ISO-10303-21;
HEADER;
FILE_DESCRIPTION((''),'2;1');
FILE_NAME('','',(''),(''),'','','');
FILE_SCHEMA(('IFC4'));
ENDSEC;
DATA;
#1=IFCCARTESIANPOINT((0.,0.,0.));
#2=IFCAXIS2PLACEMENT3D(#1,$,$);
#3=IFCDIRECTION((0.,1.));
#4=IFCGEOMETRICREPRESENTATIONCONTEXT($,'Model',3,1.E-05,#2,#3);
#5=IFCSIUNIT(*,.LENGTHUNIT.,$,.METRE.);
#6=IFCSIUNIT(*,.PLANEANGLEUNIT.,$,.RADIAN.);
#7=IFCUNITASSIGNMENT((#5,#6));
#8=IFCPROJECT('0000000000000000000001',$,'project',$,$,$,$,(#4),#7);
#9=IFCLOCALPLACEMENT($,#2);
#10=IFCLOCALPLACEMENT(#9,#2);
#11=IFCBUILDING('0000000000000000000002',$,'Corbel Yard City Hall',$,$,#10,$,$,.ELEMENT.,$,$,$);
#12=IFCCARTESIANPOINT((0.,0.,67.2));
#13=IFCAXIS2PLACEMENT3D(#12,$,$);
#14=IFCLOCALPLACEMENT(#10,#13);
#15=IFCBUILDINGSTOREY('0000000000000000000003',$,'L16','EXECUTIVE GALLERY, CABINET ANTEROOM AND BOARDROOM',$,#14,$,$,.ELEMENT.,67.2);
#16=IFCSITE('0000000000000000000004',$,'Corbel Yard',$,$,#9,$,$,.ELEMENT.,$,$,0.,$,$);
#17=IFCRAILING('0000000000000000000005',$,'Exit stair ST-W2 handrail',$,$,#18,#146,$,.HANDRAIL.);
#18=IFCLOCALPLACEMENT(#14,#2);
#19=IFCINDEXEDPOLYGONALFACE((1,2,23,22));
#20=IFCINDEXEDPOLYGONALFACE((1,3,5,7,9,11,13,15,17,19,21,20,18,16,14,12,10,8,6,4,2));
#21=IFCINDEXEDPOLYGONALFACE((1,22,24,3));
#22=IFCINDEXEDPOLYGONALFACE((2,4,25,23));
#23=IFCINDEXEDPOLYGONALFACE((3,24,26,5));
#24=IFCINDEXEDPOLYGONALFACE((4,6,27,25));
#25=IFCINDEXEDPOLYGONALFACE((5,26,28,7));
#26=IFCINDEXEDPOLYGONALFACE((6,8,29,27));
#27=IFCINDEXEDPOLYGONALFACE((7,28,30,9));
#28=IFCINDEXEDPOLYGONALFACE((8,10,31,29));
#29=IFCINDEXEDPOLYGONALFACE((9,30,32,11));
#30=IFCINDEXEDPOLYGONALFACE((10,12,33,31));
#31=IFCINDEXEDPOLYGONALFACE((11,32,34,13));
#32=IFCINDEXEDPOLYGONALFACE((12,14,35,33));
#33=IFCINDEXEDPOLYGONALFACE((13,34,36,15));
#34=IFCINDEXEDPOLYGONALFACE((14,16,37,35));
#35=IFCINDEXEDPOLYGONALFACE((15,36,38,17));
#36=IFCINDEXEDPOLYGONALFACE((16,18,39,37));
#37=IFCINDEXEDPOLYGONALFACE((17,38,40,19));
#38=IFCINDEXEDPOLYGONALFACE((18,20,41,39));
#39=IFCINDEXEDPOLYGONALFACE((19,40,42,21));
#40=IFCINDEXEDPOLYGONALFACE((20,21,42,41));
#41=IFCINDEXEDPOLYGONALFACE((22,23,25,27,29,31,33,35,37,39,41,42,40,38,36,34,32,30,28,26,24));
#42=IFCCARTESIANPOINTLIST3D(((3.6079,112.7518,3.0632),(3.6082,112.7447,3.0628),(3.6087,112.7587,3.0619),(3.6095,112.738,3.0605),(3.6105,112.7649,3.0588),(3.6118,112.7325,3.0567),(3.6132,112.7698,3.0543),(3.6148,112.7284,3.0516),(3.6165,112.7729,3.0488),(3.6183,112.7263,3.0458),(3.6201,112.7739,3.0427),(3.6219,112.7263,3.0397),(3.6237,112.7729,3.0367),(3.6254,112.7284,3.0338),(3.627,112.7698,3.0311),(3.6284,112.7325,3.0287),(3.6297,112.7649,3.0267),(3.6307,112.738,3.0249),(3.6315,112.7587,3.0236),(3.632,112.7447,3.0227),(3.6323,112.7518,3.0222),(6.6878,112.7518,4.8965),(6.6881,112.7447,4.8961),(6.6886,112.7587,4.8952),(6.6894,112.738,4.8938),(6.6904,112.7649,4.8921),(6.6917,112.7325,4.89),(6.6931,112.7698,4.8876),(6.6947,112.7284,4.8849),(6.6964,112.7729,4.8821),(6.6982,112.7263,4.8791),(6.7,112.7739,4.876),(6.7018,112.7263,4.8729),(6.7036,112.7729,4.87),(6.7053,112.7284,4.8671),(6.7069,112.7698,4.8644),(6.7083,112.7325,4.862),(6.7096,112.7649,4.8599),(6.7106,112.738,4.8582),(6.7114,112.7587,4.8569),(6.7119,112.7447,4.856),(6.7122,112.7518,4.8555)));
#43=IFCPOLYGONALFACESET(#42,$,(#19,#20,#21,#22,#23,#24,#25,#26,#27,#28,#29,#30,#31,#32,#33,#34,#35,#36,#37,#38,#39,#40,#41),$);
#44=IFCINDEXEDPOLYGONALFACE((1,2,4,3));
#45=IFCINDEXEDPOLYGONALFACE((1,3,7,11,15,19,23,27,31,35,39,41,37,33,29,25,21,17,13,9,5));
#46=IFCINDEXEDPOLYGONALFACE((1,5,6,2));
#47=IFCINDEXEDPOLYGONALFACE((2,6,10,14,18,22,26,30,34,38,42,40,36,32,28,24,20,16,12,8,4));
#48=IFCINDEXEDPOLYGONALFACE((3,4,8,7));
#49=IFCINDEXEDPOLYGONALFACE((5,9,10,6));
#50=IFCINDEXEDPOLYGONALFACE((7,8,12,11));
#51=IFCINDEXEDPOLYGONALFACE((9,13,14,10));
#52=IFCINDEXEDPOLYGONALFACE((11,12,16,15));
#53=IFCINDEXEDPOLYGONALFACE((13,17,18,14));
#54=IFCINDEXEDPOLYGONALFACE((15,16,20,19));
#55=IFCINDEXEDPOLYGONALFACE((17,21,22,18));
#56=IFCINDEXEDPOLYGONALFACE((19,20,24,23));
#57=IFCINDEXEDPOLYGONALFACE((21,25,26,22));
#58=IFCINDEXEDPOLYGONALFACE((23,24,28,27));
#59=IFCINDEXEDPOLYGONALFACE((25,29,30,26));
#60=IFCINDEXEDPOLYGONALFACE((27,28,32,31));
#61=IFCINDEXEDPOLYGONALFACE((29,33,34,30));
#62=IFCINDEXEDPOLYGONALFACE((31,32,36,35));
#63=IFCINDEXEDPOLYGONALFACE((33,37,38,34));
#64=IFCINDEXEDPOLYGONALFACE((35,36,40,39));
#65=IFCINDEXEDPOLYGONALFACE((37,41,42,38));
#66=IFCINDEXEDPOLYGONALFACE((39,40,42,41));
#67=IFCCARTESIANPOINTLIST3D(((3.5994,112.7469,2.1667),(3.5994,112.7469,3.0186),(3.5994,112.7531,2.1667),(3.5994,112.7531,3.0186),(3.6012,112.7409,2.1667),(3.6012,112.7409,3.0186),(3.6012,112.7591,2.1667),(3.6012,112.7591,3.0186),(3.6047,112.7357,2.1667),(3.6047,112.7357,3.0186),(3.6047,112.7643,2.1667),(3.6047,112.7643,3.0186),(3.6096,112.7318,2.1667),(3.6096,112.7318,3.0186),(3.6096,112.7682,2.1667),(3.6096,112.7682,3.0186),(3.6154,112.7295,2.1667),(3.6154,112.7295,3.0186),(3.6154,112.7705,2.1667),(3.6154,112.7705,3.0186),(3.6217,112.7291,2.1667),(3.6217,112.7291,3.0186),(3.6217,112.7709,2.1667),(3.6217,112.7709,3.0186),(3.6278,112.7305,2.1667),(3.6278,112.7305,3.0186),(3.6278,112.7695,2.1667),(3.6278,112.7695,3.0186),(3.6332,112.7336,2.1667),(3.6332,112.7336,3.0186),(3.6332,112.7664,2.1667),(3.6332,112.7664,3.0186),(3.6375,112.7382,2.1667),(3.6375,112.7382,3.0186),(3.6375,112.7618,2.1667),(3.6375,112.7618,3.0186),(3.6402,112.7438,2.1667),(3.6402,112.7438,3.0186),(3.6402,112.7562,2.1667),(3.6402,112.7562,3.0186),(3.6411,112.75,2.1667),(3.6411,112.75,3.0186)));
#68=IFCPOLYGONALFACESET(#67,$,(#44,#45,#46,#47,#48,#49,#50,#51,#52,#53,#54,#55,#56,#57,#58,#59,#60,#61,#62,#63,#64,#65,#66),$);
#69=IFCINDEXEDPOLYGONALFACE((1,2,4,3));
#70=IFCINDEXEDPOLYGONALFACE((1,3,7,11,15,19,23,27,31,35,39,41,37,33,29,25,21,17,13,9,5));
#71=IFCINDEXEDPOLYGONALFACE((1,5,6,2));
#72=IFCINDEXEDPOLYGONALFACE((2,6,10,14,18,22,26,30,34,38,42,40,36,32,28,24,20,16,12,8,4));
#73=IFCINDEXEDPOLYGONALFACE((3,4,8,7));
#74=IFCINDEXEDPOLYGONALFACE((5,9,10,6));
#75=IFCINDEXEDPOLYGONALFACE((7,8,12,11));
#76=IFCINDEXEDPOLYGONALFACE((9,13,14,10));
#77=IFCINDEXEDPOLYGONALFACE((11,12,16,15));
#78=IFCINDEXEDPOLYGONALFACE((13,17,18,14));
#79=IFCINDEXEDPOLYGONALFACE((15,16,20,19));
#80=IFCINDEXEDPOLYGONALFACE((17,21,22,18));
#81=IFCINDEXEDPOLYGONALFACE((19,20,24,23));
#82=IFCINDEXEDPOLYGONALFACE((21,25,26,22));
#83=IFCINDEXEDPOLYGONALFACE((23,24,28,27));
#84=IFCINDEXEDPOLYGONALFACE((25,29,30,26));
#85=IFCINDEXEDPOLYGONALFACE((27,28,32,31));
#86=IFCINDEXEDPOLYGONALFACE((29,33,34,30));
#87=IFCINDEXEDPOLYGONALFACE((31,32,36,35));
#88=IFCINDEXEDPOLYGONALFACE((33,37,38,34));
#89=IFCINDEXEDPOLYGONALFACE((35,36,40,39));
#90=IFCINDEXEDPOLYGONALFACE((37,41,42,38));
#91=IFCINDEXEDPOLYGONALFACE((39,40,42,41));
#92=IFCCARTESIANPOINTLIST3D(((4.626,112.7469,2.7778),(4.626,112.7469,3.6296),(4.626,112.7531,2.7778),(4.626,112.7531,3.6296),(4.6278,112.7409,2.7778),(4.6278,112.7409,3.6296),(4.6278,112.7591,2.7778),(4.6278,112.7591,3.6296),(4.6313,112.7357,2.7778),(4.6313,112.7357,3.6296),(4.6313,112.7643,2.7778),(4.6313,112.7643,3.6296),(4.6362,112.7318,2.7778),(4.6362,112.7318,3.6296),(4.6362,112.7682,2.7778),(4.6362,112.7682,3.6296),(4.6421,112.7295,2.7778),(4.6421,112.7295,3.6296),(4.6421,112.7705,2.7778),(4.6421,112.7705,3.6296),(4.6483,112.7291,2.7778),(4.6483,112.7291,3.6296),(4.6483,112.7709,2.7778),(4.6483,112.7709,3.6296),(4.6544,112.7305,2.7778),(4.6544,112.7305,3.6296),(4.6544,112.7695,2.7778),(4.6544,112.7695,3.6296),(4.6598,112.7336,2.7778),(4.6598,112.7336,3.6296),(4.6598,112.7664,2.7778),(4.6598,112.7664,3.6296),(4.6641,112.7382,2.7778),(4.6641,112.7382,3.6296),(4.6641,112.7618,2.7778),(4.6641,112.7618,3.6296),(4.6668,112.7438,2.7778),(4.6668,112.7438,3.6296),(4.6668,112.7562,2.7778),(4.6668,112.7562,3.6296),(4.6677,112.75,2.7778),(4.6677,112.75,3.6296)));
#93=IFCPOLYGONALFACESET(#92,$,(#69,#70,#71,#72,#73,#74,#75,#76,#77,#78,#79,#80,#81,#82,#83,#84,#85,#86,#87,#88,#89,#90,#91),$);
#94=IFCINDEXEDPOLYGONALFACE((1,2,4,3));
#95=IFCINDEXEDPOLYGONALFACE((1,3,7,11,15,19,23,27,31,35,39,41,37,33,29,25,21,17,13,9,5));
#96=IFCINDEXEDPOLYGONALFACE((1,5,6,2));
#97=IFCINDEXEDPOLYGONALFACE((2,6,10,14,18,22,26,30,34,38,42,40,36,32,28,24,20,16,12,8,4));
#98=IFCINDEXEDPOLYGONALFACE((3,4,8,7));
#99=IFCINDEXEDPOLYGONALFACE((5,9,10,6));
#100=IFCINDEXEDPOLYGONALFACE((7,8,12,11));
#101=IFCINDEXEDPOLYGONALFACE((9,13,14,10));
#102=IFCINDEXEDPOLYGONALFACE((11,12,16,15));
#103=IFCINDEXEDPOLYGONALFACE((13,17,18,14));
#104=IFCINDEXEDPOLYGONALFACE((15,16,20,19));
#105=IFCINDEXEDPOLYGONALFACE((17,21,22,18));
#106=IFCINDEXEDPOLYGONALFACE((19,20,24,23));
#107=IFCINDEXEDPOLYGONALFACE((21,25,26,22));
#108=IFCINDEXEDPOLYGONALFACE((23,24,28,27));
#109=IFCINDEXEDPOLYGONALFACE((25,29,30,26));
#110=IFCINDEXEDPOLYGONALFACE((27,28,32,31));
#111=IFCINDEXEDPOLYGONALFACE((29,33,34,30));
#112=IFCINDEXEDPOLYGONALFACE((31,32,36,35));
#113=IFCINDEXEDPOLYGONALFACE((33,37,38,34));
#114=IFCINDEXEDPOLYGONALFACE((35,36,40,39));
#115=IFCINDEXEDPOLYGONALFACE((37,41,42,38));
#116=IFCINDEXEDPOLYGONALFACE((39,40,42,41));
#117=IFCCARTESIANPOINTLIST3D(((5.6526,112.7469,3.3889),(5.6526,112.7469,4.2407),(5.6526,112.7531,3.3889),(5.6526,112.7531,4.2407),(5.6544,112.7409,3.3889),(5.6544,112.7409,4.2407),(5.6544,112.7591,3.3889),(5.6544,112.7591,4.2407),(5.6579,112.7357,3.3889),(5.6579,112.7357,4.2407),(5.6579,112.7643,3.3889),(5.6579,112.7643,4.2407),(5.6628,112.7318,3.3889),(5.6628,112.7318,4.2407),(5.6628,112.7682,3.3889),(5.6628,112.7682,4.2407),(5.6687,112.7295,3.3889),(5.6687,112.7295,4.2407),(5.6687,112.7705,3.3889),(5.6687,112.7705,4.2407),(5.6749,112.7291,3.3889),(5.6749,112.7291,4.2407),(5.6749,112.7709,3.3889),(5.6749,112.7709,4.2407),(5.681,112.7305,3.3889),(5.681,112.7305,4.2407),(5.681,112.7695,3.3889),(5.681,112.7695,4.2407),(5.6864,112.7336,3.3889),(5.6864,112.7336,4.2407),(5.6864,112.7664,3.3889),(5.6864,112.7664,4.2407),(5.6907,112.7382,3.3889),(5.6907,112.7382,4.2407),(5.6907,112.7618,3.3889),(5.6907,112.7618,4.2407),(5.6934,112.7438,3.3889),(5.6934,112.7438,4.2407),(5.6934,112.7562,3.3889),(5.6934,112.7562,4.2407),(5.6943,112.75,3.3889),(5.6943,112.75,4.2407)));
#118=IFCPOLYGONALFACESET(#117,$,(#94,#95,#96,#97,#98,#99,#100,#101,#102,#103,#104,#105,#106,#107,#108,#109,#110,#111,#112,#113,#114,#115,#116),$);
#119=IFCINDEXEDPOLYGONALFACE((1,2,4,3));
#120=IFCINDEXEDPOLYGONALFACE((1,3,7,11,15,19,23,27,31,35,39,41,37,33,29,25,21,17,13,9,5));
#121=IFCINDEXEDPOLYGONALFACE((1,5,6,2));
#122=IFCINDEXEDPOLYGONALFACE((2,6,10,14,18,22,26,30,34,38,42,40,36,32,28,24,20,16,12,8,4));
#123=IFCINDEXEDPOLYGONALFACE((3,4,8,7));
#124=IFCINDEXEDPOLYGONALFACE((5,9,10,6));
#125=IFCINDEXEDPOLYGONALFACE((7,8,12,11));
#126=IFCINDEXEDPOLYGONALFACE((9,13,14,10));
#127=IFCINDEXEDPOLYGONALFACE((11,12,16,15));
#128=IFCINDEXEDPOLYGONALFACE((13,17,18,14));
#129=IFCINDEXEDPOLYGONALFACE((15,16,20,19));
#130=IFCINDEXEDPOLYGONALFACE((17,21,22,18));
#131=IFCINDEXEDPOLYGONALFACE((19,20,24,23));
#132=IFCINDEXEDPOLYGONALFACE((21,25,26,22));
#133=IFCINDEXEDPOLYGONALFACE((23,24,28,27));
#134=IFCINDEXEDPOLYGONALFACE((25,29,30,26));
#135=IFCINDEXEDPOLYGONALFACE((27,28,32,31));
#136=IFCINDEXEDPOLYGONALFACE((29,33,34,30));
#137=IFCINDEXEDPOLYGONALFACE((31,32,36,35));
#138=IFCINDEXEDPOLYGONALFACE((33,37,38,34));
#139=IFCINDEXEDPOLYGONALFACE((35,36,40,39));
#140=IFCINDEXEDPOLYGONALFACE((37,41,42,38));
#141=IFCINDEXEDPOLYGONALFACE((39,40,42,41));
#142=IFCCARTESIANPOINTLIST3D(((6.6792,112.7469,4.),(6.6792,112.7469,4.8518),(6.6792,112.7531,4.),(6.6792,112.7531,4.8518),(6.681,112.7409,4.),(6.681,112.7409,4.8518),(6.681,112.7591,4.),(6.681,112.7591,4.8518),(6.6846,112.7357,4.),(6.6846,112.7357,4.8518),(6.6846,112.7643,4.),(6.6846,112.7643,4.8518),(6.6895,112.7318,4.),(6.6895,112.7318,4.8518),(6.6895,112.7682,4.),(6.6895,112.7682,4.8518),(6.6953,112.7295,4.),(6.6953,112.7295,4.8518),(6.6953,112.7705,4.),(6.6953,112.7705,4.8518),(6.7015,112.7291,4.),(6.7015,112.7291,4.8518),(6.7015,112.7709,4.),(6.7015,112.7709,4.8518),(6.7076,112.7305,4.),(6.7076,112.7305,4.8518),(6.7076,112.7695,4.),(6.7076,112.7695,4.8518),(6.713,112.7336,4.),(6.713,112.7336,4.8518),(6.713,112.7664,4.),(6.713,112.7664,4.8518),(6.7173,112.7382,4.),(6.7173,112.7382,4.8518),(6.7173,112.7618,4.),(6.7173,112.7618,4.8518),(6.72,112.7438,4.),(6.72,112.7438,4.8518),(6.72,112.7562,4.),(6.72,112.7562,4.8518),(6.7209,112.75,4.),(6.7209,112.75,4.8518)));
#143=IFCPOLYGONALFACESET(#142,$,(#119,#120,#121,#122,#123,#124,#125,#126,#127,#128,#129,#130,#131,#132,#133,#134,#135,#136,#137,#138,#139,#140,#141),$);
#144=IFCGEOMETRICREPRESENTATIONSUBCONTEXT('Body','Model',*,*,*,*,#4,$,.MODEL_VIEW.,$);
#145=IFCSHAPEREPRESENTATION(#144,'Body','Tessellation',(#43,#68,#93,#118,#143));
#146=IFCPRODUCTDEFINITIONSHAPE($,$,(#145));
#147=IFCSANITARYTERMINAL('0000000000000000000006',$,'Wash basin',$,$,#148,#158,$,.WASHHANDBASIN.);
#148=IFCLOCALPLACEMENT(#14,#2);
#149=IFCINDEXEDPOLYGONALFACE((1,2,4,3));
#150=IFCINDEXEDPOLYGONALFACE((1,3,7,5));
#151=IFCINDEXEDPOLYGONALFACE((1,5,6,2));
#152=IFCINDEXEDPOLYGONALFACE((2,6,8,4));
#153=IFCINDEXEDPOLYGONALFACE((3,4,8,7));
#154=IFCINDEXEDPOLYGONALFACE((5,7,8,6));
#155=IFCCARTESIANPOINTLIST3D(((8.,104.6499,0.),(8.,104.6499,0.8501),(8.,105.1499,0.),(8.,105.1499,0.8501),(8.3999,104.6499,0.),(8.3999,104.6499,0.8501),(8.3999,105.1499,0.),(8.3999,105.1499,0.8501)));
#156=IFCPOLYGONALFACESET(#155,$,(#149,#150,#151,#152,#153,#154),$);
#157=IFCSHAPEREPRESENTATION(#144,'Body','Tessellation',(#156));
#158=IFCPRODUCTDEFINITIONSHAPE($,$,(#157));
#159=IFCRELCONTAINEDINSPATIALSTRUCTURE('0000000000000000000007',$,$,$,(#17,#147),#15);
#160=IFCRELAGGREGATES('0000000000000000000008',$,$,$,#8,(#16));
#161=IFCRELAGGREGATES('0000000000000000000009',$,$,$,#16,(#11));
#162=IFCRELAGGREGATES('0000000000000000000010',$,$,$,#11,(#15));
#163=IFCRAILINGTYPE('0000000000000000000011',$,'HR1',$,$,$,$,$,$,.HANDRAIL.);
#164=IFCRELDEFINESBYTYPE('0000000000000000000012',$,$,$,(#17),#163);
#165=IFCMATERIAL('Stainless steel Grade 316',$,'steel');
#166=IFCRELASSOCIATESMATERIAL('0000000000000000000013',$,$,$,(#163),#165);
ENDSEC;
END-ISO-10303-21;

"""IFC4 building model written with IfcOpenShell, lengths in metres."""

from ifc_helpers import new_model, si_unit, direction, frame, origin, origin_2d, place, context, subcontext, project, spatial, rectangle, circle, extrude, material, type_object, element, save


model = new_model("IFC4")

# Units and contexts
model_context = context("Model", 3, precision=1e-05, world=origin(), true_north=direction((0.0, 1.0)))
body_context = subcontext(model_context, "Body", "Model", "MODEL_VIEW")
ifc_project = project(units=[si_unit("LENGTHUNIT", "METRE"), si_unit("PLANEANGLEUNIT", "RADIAN")], contexts=[model_context])

# Site, building, storey
site_placement = place(None, origin())
site = spatial("IfcSite", under=ifc_project, at=site_placement, Name="Corbel Yard", CompositionType="ELEMENT", RefElevation=0.0)
building_placement = place(site_placement, origin())
building = spatial("IfcBuilding", under=site, at=building_placement, Name="Corbel Yard City Hall", CompositionType="ELEMENT")
storey_placement = place(building_placement, frame((0.0, 0.0, 67.2)))
storey = spatial("IfcBuildingStorey", under=building, at=storey_placement, Name="L16", Description="EXECUTIVE GALLERY, CABINET ANTEROOM AND BOARDROOM", CompositionType="ELEMENT", Elevation=67.2)

# Shared definitions
ifc_material_1 = material(Name="Stainless steel Grade 316", Category="steel")

# Railing
railing_type = type_object("IfcRailingType", Name="HR1", PredefinedType="HANDRAIL", material=ifc_material_1)
for number, where, name in (
    (1, (3.6201, 112.75, 2.1667), "Exit stair ST-W2 handrail"),
):
    element("IfcRailing", number, at=place(storey_placement, frame(where)), inside=storey, type_object=railing_type, Name=name, PredefinedType="HANDRAIL", context=body_context, shape_type="SweptSolid", body=[
        extrude(circle(Radius=0.0239, at=origin_2d()), frame((0.0, 0.0, 0.876), z_axis=(0.859291, 0.0, 0.511487), x_axis=(0.0, 1.0, 0.0)), (0.0, 0.0, 1.0), 3.5842),
        extrude(circle(Radius=0.021, at=origin_2d()), origin(), (0.0, 0.0, 1.0), 0.8518),
        extrude(circle(Radius=0.021, at=origin_2d()), frame((1.0266, 0.0, 0.6111)), (0.0, 0.0, 1.0), 0.8518),
        extrude(circle(Radius=0.021, at=origin_2d()), frame((2.0532, 0.0, 1.2222)), (0.0, 0.0, 1.0), 0.8518),
        extrude(circle(Radius=0.021, at=origin_2d()), frame((3.0798, 0.0, 1.8333)), (0.0, 0.0, 1.0), 0.8518),
    ])

# Sanitary terminal
sanitary_terminal_placement = place(storey_placement, frame((8.2, 104.8999, 0.0), z_axis=(0.0, 0.0, 1.0), x_axis=(1.0, 0.0, 0.0)))
element("IfcSanitaryTerminal", 2, at=sanitary_terminal_placement, inside=storey, Name="Wash basin", PredefinedType="WASHHANDBASIN", context=body_context, shape_type="SweptSolid", body=[
    extrude(rectangle(XDim=0.3999, YDim=0.5, at=origin_2d()), origin(), (0.0, 0.0, 1.0), 0.8501),
])

save(model, "model.ifc")
